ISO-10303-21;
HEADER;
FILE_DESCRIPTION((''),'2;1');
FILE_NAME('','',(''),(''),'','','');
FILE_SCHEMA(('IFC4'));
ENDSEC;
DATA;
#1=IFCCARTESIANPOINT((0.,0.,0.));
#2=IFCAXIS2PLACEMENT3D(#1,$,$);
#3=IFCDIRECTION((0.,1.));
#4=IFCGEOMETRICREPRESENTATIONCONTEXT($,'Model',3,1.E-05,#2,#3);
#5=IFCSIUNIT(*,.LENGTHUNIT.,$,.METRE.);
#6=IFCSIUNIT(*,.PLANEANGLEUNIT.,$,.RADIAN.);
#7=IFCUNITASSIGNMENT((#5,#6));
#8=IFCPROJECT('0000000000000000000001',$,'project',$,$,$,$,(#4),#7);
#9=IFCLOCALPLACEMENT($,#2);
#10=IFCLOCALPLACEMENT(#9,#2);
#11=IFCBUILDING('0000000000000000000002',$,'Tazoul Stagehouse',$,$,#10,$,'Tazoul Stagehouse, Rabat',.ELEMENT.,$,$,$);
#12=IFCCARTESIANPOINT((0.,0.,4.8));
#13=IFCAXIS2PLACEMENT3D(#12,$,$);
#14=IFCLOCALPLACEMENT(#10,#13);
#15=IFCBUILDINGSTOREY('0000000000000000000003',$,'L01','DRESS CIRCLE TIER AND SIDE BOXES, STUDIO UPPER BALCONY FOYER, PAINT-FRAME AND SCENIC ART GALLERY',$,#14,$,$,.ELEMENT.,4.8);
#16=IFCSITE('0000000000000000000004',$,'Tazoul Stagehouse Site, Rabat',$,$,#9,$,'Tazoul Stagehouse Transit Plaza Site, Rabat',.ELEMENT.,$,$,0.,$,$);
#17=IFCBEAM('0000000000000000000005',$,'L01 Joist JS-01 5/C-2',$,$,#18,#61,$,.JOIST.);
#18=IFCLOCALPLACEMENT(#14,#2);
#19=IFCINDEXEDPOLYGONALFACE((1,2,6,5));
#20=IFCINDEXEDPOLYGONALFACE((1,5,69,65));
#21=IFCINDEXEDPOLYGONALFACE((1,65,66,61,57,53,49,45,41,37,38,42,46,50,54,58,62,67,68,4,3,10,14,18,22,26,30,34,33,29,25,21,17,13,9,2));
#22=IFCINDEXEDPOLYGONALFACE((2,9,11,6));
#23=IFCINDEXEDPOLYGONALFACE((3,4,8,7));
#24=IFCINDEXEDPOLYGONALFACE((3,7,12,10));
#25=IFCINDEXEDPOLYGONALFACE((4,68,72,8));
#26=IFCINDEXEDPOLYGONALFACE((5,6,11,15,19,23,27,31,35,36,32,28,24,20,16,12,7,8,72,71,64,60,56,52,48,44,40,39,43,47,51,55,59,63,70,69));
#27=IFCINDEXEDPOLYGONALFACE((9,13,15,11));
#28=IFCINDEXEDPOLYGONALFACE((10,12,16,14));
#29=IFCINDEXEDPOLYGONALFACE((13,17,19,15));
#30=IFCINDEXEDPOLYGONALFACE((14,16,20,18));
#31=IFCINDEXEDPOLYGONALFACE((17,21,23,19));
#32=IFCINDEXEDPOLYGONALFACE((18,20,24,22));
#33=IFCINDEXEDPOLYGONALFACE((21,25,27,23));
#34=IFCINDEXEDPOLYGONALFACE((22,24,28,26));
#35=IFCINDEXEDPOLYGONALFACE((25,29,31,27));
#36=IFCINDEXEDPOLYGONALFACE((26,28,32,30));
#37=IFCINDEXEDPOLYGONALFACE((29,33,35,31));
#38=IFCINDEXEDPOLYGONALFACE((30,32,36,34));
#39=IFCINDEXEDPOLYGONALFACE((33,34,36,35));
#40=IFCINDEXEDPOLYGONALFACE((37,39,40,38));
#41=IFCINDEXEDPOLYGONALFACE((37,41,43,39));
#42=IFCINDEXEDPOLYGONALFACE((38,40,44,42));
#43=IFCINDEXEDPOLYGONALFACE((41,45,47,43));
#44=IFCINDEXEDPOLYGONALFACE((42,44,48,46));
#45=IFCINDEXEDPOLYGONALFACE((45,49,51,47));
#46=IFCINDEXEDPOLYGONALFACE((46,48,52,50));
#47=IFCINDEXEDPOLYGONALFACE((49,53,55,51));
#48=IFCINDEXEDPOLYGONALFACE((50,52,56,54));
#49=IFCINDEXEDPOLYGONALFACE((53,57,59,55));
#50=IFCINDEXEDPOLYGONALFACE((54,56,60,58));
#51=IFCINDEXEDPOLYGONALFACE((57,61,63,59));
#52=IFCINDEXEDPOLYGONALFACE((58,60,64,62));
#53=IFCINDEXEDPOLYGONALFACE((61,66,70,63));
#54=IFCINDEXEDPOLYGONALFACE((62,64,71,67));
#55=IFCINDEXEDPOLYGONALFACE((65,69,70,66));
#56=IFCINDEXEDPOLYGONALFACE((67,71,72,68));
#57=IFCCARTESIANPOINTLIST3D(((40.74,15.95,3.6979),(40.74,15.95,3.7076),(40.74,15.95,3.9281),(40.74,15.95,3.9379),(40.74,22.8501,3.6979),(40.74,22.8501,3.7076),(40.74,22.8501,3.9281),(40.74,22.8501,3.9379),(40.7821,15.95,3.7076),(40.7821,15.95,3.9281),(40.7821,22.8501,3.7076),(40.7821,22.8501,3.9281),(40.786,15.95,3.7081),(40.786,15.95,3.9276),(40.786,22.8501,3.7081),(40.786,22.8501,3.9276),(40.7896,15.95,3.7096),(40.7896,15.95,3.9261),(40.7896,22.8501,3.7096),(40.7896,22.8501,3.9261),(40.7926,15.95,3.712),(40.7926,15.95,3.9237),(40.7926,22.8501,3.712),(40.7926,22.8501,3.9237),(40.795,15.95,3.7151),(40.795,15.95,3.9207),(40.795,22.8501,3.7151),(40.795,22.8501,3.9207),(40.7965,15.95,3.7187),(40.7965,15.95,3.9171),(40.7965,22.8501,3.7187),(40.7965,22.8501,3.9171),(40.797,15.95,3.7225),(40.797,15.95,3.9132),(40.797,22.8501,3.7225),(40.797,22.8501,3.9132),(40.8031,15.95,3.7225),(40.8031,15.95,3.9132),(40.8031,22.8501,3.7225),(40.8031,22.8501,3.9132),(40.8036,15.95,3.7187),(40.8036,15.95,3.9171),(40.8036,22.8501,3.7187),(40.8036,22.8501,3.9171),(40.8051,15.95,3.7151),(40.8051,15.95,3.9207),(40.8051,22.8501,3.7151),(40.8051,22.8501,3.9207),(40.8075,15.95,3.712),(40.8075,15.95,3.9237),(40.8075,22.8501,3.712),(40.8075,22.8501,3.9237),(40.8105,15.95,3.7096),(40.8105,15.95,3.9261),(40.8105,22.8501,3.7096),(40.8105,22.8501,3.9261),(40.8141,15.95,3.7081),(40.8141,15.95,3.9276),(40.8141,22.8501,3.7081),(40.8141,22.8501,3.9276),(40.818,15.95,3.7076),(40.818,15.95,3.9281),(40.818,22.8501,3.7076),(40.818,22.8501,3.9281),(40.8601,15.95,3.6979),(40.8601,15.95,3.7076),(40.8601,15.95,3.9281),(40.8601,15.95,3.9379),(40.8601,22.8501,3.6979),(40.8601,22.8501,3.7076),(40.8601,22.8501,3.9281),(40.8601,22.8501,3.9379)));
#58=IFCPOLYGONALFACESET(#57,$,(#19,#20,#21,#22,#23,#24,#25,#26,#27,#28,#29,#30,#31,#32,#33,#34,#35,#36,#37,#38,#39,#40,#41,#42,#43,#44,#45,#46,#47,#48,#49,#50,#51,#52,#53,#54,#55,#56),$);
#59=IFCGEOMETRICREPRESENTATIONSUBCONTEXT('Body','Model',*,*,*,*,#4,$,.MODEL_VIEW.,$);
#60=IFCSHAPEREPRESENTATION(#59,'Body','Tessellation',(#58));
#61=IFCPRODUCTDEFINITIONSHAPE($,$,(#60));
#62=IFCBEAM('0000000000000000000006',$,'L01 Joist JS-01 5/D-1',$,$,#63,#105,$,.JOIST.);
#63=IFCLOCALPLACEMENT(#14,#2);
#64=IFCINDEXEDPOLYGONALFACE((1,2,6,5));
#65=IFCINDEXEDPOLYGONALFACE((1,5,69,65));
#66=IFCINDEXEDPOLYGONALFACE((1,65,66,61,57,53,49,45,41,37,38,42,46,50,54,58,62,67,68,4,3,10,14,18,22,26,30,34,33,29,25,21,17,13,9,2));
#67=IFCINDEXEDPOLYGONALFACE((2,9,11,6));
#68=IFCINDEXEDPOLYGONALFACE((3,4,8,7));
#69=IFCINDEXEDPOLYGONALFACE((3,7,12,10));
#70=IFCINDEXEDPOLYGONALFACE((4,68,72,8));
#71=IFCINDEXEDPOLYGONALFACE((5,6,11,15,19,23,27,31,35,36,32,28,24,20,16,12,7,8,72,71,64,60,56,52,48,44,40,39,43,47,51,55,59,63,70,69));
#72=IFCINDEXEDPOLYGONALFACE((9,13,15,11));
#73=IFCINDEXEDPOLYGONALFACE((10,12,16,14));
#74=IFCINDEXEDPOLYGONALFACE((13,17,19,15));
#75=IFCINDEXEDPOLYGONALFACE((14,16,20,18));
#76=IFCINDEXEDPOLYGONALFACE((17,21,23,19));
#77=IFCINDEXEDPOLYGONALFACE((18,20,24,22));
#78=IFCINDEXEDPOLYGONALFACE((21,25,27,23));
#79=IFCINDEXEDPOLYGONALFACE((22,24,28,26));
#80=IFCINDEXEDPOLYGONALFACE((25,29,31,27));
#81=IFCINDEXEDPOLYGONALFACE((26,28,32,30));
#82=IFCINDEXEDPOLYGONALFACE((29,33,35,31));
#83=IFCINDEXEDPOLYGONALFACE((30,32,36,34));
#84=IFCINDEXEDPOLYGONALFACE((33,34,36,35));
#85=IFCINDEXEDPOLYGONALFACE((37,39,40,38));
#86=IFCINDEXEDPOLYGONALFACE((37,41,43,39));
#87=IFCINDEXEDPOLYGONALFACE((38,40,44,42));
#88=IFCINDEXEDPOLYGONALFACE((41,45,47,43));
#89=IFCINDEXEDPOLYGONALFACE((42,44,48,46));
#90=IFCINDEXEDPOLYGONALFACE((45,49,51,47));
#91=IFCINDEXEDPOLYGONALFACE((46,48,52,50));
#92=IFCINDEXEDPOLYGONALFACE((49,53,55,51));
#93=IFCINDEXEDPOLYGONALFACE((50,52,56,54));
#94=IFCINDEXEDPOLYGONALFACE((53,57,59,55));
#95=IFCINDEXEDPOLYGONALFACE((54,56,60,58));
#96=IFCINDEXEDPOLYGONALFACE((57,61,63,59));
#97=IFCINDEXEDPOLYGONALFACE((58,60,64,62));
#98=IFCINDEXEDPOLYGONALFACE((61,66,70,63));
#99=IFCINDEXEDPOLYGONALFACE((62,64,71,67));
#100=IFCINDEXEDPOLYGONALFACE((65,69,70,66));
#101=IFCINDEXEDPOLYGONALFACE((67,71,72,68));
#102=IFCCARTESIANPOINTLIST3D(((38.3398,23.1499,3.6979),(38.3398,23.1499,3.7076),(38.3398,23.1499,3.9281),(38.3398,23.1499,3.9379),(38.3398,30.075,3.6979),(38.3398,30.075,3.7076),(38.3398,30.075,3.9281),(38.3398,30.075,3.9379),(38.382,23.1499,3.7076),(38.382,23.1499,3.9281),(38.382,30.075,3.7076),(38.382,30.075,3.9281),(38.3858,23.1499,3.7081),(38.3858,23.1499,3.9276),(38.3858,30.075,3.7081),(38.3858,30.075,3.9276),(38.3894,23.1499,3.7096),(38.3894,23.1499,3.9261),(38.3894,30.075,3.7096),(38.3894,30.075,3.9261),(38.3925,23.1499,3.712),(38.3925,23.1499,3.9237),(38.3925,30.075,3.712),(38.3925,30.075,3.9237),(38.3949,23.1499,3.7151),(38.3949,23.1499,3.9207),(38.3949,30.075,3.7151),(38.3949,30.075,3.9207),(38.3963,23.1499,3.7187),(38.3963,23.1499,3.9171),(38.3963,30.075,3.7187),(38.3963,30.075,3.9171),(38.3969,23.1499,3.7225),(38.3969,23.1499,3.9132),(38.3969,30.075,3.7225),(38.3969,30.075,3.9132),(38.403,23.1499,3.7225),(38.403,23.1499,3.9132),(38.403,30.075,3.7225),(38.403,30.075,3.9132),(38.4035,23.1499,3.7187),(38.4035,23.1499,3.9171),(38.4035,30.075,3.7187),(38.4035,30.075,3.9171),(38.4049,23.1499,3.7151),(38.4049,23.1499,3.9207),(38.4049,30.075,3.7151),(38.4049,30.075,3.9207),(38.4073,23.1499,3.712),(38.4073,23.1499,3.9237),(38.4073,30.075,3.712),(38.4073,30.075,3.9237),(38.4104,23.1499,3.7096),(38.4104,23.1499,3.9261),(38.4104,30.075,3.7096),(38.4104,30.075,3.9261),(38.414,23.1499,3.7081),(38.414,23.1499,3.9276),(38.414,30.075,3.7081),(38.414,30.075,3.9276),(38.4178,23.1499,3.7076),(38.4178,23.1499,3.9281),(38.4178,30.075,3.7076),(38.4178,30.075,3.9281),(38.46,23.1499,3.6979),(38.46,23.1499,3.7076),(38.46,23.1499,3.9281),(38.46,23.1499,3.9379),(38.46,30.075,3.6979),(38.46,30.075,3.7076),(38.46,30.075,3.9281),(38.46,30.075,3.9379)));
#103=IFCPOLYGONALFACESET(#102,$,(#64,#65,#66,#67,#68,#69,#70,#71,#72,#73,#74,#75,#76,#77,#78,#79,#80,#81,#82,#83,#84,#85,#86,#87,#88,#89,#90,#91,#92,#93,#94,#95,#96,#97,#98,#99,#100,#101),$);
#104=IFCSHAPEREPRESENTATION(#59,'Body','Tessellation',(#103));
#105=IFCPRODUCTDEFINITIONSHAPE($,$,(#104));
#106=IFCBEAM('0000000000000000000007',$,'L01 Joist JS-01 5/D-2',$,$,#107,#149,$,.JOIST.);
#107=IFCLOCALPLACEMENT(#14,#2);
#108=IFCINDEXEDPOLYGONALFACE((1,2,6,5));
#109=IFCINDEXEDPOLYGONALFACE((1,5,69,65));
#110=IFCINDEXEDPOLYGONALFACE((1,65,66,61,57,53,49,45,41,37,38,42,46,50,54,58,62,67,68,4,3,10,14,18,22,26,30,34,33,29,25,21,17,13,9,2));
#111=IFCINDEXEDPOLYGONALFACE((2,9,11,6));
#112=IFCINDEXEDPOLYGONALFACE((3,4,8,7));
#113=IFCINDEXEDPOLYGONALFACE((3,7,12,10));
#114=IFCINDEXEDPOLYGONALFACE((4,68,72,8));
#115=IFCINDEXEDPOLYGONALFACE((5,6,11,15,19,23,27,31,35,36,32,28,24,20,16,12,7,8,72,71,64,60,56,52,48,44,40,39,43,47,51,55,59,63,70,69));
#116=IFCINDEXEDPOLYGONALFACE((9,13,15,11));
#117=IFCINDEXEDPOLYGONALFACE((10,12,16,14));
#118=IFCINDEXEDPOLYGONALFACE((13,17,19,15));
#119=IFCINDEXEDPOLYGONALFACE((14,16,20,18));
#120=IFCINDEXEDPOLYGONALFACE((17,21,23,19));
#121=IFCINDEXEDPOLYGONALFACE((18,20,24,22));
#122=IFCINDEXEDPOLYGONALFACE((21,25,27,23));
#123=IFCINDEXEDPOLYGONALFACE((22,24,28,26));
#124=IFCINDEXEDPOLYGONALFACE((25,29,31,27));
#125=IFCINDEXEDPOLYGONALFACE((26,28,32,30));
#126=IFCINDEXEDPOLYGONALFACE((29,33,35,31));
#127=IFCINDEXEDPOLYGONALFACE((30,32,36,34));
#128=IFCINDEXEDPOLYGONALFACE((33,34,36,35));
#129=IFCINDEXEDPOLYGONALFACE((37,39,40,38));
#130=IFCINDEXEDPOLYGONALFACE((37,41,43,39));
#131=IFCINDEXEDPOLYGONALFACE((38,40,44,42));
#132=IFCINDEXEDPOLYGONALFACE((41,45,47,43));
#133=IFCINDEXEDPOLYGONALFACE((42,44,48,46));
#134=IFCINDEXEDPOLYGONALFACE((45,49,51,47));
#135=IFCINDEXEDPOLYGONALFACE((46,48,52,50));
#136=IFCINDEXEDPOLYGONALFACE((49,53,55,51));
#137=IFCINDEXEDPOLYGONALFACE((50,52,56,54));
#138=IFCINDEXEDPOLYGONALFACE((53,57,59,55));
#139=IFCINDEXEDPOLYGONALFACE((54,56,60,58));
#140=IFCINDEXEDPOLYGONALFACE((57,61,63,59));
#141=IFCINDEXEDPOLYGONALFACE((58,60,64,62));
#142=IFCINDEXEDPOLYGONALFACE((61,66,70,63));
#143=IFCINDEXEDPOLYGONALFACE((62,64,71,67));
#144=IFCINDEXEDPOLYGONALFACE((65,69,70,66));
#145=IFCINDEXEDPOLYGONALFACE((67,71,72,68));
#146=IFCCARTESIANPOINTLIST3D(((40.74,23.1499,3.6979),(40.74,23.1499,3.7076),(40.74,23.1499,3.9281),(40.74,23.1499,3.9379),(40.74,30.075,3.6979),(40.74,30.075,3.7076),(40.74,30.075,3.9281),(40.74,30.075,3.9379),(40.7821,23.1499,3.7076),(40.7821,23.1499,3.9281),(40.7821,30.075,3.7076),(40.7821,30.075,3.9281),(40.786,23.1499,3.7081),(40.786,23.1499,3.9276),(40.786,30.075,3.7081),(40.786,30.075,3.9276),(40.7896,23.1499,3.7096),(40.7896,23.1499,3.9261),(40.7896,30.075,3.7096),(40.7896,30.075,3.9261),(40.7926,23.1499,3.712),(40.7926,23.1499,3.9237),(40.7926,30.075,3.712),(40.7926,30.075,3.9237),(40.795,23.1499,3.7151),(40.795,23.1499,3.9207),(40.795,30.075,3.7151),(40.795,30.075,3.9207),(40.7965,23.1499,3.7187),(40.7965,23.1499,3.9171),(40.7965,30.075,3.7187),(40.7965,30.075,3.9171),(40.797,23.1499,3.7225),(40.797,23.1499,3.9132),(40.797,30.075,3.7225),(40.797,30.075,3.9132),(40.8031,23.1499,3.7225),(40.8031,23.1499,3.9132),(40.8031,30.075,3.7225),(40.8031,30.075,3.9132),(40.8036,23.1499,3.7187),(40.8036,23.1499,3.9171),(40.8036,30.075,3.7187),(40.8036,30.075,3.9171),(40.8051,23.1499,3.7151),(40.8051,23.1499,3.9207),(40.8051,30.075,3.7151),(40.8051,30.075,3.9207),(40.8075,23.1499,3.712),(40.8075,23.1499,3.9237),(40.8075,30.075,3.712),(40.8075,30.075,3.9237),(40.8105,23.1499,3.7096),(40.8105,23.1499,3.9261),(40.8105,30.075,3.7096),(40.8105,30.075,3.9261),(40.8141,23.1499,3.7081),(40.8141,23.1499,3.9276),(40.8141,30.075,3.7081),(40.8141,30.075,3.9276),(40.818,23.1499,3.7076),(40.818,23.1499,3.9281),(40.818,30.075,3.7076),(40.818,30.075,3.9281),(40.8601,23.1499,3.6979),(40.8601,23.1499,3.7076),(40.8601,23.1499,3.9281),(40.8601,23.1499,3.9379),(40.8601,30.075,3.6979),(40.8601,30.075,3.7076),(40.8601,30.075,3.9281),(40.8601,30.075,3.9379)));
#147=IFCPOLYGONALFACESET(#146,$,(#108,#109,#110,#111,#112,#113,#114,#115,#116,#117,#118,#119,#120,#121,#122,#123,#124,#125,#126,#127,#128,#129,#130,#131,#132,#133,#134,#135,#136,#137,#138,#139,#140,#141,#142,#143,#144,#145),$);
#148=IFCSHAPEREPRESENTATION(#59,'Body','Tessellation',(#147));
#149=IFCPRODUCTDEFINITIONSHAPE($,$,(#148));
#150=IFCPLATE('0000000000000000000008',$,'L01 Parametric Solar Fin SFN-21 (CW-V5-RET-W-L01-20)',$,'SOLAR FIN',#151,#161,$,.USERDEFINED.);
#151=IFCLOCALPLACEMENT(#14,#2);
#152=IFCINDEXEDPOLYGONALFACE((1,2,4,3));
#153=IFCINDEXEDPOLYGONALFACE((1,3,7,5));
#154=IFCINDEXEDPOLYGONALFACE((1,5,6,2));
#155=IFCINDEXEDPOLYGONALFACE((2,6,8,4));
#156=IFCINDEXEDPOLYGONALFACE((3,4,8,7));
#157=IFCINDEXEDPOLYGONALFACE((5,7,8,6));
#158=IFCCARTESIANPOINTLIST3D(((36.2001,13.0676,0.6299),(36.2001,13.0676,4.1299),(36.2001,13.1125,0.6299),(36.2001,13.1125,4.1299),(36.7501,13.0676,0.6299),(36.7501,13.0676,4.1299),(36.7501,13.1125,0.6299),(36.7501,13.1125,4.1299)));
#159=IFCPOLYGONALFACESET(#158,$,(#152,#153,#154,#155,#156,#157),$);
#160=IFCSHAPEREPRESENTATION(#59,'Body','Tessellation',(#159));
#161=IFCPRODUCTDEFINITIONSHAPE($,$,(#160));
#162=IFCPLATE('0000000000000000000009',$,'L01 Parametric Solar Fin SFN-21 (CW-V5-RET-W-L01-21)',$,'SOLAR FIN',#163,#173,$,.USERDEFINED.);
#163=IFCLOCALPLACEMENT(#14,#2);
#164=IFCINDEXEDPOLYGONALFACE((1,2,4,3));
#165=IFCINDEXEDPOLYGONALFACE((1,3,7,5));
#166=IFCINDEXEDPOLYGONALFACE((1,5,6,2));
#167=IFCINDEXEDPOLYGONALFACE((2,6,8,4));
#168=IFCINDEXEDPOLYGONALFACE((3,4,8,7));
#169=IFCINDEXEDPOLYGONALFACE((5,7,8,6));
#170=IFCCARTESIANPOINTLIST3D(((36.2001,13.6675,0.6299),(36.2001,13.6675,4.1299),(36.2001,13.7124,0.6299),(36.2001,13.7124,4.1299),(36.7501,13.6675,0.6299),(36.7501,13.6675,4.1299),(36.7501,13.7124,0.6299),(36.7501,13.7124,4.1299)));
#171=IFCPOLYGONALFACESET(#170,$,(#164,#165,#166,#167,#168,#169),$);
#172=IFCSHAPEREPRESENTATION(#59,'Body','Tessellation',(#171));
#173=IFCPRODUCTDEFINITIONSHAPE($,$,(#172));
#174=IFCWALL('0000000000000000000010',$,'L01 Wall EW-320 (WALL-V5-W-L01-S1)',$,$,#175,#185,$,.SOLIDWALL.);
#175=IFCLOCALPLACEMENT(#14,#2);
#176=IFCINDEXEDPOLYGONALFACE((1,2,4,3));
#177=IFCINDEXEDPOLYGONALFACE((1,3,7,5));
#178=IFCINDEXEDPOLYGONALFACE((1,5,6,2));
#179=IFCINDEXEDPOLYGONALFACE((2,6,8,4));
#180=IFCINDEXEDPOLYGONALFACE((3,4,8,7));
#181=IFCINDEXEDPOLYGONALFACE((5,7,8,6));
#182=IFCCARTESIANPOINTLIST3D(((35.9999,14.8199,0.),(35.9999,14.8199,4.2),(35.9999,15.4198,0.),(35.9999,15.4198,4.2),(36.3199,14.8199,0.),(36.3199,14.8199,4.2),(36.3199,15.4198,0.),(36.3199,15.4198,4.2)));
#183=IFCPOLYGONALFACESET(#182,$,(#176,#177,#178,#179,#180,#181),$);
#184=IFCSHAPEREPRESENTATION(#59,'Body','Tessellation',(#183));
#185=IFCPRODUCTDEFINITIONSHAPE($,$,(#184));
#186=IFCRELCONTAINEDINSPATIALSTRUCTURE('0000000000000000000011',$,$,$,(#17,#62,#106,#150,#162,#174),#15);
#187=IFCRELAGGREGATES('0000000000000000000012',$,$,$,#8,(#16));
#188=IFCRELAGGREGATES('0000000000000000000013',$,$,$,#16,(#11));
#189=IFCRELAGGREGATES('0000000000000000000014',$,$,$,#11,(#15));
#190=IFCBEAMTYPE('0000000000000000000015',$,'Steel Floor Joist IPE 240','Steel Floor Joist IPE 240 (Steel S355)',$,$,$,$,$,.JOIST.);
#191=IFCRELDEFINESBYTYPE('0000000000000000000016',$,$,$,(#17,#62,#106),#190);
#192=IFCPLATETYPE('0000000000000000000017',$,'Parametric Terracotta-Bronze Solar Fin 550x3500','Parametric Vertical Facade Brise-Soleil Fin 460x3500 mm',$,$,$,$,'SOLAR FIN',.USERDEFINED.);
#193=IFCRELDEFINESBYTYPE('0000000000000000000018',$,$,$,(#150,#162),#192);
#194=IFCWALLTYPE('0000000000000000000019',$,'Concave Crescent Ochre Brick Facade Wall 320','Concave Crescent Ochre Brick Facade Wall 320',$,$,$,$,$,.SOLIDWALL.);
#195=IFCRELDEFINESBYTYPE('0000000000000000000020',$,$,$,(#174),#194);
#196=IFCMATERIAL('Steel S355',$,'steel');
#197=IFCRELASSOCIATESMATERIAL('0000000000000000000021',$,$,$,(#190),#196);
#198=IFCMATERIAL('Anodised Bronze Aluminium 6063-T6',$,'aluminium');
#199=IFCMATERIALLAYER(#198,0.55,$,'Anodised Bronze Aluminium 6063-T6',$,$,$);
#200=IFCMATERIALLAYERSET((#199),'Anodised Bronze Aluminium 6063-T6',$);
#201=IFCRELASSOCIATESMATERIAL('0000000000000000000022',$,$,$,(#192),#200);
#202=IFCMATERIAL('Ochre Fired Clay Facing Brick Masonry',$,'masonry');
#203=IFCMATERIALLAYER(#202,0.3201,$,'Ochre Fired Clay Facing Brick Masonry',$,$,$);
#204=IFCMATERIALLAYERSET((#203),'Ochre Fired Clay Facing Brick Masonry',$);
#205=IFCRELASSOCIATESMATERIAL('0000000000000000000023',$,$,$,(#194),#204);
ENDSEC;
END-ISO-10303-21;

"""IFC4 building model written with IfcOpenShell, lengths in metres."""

from ifc_helpers import new_model, si_unit, direction, frame, frame_2d, origin, origin_2d, place, context, subcontext, project, spatial, rectangle, i_section, extrude, material, layer, layer_set, material_profile, profile_set, type_object, element, save


model = new_model("IFC4")

# Units and contexts
model_context = context("Model", 3, precision=1e-05, world=origin(), true_north=direction((0.0, 1.0)))
body_context = subcontext(model_context, "Body", "Model", "MODEL_VIEW")
ifc_project = project(units=[si_unit("LENGTHUNIT", "METRE"), si_unit("PLANEANGLEUNIT", "RADIAN")], contexts=[model_context])

# Site, building, storey
site_placement = place(None, origin())
site = spatial("IfcSite", under=ifc_project, at=site_placement, Name="Tazoul Stagehouse Site, Rabat", LongName="Tazoul Stagehouse Transit Plaza Site, Rabat", CompositionType="ELEMENT", RefElevation=0.0)
building_placement = place(site_placement, origin())
building = spatial("IfcBuilding", under=site, at=building_placement, Name="Tazoul Stagehouse", LongName="Tazoul Stagehouse, Rabat", CompositionType="ELEMENT")
storey_placement = place(building_placement, frame((0.0, 0.0, 4.8)))
storey = spatial("IfcBuildingStorey", under=building, at=storey_placement, Name="L01", Description="DRESS CIRCLE TIER AND SIDE BOXES, STUDIO UPPER BALCONY FOYER, PAINT-FRAME AND SCENIC ART GALLERY", CompositionType="ELEMENT", Elevation=4.8)

# Beams
ifc_material_1 = material(Name="Steel S355", Category="steel")
ifc_material_profile_1 = material_profile(ifc_material_1, i_section(OverallWidth=0.1201, OverallDepth=0.24, WebThickness=0.0061, FlangeThickness=0.0098, FilletRadius=0.0149, at=origin_2d()), Name="IPE 240")
ifc_profile_set_1 = profile_set([ifc_material_profile_1], Name="Steel S355")
beam_type_1 = type_object("IfcBeamType", Name="Steel Floor Joist IPE 240", Description="Steel Floor Joist IPE 240 (Steel S355)", PredefinedType="JOIST", material=ifc_profile_set_1)
for number, where, z_axis, x_axis, name in (
    (1, (40.8, 15.95, 3.8179), (0.0, 1.0, 0.0), (-1.0, 0.0, 0.0), "L01 Joist JS-01 5/C-2"),
):
    element("IfcBeam", number, at=place(storey_placement, frame(where, z_axis=z_axis, x_axis=x_axis)), inside=storey, type_object=beam_type_1, Name=name, PredefinedType="JOIST", context=body_context, shape_type="SweptSolid", body=[
        extrude(i_section(OverallWidth=0.1201, OverallDepth=0.24, WebThickness=0.0061, FlangeThickness=0.0098, FilletRadius=0.0149, at=origin_2d()), origin(), (0.0, 0.0, 1.0), 6.9001),
    ])
for number, where, z_axis, x_axis, name in (
    (2, (38.3999, 23.1499, 3.8179), (0.0, 1.0, 0.0), (-1.0, 0.0, 0.0), "L01 Joist JS-01 5/D-1"),
    (3, (40.8, 23.1499, 3.8179), (0.0, 1.0, 0.0), (-1.0, 0.0, 0.0), "L01 Joist JS-01 5/D-2"),
):
    element("IfcBeam", number, at=place(storey_placement, frame(where, z_axis=z_axis, x_axis=x_axis)), inside=storey, type_object=beam_type_1, Name=name, PredefinedType="JOIST", context=body_context, shape_type="SweptSolid", body=[
        extrude(i_section(OverallWidth=0.1201, OverallDepth=0.24, WebThickness=0.0061, FlangeThickness=0.0098, FilletRadius=0.0149, at=origin_2d()), origin(), (0.0, 0.0, 1.0), 6.925),
    ])

# Plates
ifc_material_2 = material(Name="Anodised Bronze Aluminium 6063-T6", Category="aluminium")
ifc_layer_1 = layer(ifc_material_2, 0.55, Name="Anodised Bronze Aluminium 6063-T6")
ifc_layer_set_1 = layer_set([ifc_layer_1], Name="Anodised Bronze Aluminium 6063-T6")
plate_type = type_object("IfcPlateType", Name="Parametric Terracotta-Bronze Solar Fin 550x3500", Description="Parametric Vertical Facade Brise-Soleil Fin 460x3500 mm", ElementType="SOLAR FIN", PredefinedType="USERDEFINED", material=ifc_layer_set_1)
for number, where, z_axis, x_axis, name in (
    (4, (36.4751, 13.0901, 0.6299), (0.0, 0.0, 1.0), (0.0, 1.0, 0.0), "L01 Parametric Solar Fin SFN-21 (CW-V5-RET-W-L01-20)"),
    (5, (36.4751, 13.6899, 0.6299), (0.0, 0.0, 1.0), (0.0, 1.0, 0.0), "L01 Parametric Solar Fin SFN-21 (CW-V5-RET-W-L01-21)"),
):
    element("IfcPlate", number, at=place(storey_placement, frame(where, z_axis=z_axis, x_axis=x_axis)), inside=storey, type_object=plate_type, Name=name, ObjectType="SOLAR FIN", PredefinedType="USERDEFINED", context=body_context, shape_type="SweptSolid", body=[
        extrude(rectangle(XDim=0.0449, YDim=0.55, at=origin_2d()), origin(), (0.0, 0.0, 1.0), 3.5),
    ])

# Wall
ifc_material_3 = material(Name="Ochre Fired Clay Facing Brick Masonry", Category="masonry")
ifc_layer_2 = layer(ifc_material_3, 0.3201, Name="Ochre Fired Clay Facing Brick Masonry")
ifc_layer_set_2 = layer_set([ifc_layer_2], Name="Ochre Fired Clay Facing Brick Masonry")
wall_type_1 = type_object("IfcWallType", Name="Concave Crescent Ochre Brick Facade Wall 320", Description="Concave Crescent Ochre Brick Facade Wall 320", PredefinedType="SOLIDWALL", material=ifc_layer_set_2)
wall_1_placement = place(storey_placement, frame((36.1599, 14.8201, 0.0), z_axis=(0.0, 0.0, 1.0), x_axis=(0.0, 1.0, 0.0)))
element("IfcWall", 6, at=wall_1_placement, inside=storey, type_object=wall_type_1, Name="L01 Wall EW-320 (WALL-V5-W-L01-S1)", PredefinedType="SOLIDWALL", context=body_context, shape_type="SweptSolid", body=[
    extrude(rectangle(XDim=0.5999, YDim=0.3201, at=frame_2d((0.2998, 0.0))), origin(), (0.0, 0.0, 1.0), 4.2),
])

save(model, "model.ifc")
